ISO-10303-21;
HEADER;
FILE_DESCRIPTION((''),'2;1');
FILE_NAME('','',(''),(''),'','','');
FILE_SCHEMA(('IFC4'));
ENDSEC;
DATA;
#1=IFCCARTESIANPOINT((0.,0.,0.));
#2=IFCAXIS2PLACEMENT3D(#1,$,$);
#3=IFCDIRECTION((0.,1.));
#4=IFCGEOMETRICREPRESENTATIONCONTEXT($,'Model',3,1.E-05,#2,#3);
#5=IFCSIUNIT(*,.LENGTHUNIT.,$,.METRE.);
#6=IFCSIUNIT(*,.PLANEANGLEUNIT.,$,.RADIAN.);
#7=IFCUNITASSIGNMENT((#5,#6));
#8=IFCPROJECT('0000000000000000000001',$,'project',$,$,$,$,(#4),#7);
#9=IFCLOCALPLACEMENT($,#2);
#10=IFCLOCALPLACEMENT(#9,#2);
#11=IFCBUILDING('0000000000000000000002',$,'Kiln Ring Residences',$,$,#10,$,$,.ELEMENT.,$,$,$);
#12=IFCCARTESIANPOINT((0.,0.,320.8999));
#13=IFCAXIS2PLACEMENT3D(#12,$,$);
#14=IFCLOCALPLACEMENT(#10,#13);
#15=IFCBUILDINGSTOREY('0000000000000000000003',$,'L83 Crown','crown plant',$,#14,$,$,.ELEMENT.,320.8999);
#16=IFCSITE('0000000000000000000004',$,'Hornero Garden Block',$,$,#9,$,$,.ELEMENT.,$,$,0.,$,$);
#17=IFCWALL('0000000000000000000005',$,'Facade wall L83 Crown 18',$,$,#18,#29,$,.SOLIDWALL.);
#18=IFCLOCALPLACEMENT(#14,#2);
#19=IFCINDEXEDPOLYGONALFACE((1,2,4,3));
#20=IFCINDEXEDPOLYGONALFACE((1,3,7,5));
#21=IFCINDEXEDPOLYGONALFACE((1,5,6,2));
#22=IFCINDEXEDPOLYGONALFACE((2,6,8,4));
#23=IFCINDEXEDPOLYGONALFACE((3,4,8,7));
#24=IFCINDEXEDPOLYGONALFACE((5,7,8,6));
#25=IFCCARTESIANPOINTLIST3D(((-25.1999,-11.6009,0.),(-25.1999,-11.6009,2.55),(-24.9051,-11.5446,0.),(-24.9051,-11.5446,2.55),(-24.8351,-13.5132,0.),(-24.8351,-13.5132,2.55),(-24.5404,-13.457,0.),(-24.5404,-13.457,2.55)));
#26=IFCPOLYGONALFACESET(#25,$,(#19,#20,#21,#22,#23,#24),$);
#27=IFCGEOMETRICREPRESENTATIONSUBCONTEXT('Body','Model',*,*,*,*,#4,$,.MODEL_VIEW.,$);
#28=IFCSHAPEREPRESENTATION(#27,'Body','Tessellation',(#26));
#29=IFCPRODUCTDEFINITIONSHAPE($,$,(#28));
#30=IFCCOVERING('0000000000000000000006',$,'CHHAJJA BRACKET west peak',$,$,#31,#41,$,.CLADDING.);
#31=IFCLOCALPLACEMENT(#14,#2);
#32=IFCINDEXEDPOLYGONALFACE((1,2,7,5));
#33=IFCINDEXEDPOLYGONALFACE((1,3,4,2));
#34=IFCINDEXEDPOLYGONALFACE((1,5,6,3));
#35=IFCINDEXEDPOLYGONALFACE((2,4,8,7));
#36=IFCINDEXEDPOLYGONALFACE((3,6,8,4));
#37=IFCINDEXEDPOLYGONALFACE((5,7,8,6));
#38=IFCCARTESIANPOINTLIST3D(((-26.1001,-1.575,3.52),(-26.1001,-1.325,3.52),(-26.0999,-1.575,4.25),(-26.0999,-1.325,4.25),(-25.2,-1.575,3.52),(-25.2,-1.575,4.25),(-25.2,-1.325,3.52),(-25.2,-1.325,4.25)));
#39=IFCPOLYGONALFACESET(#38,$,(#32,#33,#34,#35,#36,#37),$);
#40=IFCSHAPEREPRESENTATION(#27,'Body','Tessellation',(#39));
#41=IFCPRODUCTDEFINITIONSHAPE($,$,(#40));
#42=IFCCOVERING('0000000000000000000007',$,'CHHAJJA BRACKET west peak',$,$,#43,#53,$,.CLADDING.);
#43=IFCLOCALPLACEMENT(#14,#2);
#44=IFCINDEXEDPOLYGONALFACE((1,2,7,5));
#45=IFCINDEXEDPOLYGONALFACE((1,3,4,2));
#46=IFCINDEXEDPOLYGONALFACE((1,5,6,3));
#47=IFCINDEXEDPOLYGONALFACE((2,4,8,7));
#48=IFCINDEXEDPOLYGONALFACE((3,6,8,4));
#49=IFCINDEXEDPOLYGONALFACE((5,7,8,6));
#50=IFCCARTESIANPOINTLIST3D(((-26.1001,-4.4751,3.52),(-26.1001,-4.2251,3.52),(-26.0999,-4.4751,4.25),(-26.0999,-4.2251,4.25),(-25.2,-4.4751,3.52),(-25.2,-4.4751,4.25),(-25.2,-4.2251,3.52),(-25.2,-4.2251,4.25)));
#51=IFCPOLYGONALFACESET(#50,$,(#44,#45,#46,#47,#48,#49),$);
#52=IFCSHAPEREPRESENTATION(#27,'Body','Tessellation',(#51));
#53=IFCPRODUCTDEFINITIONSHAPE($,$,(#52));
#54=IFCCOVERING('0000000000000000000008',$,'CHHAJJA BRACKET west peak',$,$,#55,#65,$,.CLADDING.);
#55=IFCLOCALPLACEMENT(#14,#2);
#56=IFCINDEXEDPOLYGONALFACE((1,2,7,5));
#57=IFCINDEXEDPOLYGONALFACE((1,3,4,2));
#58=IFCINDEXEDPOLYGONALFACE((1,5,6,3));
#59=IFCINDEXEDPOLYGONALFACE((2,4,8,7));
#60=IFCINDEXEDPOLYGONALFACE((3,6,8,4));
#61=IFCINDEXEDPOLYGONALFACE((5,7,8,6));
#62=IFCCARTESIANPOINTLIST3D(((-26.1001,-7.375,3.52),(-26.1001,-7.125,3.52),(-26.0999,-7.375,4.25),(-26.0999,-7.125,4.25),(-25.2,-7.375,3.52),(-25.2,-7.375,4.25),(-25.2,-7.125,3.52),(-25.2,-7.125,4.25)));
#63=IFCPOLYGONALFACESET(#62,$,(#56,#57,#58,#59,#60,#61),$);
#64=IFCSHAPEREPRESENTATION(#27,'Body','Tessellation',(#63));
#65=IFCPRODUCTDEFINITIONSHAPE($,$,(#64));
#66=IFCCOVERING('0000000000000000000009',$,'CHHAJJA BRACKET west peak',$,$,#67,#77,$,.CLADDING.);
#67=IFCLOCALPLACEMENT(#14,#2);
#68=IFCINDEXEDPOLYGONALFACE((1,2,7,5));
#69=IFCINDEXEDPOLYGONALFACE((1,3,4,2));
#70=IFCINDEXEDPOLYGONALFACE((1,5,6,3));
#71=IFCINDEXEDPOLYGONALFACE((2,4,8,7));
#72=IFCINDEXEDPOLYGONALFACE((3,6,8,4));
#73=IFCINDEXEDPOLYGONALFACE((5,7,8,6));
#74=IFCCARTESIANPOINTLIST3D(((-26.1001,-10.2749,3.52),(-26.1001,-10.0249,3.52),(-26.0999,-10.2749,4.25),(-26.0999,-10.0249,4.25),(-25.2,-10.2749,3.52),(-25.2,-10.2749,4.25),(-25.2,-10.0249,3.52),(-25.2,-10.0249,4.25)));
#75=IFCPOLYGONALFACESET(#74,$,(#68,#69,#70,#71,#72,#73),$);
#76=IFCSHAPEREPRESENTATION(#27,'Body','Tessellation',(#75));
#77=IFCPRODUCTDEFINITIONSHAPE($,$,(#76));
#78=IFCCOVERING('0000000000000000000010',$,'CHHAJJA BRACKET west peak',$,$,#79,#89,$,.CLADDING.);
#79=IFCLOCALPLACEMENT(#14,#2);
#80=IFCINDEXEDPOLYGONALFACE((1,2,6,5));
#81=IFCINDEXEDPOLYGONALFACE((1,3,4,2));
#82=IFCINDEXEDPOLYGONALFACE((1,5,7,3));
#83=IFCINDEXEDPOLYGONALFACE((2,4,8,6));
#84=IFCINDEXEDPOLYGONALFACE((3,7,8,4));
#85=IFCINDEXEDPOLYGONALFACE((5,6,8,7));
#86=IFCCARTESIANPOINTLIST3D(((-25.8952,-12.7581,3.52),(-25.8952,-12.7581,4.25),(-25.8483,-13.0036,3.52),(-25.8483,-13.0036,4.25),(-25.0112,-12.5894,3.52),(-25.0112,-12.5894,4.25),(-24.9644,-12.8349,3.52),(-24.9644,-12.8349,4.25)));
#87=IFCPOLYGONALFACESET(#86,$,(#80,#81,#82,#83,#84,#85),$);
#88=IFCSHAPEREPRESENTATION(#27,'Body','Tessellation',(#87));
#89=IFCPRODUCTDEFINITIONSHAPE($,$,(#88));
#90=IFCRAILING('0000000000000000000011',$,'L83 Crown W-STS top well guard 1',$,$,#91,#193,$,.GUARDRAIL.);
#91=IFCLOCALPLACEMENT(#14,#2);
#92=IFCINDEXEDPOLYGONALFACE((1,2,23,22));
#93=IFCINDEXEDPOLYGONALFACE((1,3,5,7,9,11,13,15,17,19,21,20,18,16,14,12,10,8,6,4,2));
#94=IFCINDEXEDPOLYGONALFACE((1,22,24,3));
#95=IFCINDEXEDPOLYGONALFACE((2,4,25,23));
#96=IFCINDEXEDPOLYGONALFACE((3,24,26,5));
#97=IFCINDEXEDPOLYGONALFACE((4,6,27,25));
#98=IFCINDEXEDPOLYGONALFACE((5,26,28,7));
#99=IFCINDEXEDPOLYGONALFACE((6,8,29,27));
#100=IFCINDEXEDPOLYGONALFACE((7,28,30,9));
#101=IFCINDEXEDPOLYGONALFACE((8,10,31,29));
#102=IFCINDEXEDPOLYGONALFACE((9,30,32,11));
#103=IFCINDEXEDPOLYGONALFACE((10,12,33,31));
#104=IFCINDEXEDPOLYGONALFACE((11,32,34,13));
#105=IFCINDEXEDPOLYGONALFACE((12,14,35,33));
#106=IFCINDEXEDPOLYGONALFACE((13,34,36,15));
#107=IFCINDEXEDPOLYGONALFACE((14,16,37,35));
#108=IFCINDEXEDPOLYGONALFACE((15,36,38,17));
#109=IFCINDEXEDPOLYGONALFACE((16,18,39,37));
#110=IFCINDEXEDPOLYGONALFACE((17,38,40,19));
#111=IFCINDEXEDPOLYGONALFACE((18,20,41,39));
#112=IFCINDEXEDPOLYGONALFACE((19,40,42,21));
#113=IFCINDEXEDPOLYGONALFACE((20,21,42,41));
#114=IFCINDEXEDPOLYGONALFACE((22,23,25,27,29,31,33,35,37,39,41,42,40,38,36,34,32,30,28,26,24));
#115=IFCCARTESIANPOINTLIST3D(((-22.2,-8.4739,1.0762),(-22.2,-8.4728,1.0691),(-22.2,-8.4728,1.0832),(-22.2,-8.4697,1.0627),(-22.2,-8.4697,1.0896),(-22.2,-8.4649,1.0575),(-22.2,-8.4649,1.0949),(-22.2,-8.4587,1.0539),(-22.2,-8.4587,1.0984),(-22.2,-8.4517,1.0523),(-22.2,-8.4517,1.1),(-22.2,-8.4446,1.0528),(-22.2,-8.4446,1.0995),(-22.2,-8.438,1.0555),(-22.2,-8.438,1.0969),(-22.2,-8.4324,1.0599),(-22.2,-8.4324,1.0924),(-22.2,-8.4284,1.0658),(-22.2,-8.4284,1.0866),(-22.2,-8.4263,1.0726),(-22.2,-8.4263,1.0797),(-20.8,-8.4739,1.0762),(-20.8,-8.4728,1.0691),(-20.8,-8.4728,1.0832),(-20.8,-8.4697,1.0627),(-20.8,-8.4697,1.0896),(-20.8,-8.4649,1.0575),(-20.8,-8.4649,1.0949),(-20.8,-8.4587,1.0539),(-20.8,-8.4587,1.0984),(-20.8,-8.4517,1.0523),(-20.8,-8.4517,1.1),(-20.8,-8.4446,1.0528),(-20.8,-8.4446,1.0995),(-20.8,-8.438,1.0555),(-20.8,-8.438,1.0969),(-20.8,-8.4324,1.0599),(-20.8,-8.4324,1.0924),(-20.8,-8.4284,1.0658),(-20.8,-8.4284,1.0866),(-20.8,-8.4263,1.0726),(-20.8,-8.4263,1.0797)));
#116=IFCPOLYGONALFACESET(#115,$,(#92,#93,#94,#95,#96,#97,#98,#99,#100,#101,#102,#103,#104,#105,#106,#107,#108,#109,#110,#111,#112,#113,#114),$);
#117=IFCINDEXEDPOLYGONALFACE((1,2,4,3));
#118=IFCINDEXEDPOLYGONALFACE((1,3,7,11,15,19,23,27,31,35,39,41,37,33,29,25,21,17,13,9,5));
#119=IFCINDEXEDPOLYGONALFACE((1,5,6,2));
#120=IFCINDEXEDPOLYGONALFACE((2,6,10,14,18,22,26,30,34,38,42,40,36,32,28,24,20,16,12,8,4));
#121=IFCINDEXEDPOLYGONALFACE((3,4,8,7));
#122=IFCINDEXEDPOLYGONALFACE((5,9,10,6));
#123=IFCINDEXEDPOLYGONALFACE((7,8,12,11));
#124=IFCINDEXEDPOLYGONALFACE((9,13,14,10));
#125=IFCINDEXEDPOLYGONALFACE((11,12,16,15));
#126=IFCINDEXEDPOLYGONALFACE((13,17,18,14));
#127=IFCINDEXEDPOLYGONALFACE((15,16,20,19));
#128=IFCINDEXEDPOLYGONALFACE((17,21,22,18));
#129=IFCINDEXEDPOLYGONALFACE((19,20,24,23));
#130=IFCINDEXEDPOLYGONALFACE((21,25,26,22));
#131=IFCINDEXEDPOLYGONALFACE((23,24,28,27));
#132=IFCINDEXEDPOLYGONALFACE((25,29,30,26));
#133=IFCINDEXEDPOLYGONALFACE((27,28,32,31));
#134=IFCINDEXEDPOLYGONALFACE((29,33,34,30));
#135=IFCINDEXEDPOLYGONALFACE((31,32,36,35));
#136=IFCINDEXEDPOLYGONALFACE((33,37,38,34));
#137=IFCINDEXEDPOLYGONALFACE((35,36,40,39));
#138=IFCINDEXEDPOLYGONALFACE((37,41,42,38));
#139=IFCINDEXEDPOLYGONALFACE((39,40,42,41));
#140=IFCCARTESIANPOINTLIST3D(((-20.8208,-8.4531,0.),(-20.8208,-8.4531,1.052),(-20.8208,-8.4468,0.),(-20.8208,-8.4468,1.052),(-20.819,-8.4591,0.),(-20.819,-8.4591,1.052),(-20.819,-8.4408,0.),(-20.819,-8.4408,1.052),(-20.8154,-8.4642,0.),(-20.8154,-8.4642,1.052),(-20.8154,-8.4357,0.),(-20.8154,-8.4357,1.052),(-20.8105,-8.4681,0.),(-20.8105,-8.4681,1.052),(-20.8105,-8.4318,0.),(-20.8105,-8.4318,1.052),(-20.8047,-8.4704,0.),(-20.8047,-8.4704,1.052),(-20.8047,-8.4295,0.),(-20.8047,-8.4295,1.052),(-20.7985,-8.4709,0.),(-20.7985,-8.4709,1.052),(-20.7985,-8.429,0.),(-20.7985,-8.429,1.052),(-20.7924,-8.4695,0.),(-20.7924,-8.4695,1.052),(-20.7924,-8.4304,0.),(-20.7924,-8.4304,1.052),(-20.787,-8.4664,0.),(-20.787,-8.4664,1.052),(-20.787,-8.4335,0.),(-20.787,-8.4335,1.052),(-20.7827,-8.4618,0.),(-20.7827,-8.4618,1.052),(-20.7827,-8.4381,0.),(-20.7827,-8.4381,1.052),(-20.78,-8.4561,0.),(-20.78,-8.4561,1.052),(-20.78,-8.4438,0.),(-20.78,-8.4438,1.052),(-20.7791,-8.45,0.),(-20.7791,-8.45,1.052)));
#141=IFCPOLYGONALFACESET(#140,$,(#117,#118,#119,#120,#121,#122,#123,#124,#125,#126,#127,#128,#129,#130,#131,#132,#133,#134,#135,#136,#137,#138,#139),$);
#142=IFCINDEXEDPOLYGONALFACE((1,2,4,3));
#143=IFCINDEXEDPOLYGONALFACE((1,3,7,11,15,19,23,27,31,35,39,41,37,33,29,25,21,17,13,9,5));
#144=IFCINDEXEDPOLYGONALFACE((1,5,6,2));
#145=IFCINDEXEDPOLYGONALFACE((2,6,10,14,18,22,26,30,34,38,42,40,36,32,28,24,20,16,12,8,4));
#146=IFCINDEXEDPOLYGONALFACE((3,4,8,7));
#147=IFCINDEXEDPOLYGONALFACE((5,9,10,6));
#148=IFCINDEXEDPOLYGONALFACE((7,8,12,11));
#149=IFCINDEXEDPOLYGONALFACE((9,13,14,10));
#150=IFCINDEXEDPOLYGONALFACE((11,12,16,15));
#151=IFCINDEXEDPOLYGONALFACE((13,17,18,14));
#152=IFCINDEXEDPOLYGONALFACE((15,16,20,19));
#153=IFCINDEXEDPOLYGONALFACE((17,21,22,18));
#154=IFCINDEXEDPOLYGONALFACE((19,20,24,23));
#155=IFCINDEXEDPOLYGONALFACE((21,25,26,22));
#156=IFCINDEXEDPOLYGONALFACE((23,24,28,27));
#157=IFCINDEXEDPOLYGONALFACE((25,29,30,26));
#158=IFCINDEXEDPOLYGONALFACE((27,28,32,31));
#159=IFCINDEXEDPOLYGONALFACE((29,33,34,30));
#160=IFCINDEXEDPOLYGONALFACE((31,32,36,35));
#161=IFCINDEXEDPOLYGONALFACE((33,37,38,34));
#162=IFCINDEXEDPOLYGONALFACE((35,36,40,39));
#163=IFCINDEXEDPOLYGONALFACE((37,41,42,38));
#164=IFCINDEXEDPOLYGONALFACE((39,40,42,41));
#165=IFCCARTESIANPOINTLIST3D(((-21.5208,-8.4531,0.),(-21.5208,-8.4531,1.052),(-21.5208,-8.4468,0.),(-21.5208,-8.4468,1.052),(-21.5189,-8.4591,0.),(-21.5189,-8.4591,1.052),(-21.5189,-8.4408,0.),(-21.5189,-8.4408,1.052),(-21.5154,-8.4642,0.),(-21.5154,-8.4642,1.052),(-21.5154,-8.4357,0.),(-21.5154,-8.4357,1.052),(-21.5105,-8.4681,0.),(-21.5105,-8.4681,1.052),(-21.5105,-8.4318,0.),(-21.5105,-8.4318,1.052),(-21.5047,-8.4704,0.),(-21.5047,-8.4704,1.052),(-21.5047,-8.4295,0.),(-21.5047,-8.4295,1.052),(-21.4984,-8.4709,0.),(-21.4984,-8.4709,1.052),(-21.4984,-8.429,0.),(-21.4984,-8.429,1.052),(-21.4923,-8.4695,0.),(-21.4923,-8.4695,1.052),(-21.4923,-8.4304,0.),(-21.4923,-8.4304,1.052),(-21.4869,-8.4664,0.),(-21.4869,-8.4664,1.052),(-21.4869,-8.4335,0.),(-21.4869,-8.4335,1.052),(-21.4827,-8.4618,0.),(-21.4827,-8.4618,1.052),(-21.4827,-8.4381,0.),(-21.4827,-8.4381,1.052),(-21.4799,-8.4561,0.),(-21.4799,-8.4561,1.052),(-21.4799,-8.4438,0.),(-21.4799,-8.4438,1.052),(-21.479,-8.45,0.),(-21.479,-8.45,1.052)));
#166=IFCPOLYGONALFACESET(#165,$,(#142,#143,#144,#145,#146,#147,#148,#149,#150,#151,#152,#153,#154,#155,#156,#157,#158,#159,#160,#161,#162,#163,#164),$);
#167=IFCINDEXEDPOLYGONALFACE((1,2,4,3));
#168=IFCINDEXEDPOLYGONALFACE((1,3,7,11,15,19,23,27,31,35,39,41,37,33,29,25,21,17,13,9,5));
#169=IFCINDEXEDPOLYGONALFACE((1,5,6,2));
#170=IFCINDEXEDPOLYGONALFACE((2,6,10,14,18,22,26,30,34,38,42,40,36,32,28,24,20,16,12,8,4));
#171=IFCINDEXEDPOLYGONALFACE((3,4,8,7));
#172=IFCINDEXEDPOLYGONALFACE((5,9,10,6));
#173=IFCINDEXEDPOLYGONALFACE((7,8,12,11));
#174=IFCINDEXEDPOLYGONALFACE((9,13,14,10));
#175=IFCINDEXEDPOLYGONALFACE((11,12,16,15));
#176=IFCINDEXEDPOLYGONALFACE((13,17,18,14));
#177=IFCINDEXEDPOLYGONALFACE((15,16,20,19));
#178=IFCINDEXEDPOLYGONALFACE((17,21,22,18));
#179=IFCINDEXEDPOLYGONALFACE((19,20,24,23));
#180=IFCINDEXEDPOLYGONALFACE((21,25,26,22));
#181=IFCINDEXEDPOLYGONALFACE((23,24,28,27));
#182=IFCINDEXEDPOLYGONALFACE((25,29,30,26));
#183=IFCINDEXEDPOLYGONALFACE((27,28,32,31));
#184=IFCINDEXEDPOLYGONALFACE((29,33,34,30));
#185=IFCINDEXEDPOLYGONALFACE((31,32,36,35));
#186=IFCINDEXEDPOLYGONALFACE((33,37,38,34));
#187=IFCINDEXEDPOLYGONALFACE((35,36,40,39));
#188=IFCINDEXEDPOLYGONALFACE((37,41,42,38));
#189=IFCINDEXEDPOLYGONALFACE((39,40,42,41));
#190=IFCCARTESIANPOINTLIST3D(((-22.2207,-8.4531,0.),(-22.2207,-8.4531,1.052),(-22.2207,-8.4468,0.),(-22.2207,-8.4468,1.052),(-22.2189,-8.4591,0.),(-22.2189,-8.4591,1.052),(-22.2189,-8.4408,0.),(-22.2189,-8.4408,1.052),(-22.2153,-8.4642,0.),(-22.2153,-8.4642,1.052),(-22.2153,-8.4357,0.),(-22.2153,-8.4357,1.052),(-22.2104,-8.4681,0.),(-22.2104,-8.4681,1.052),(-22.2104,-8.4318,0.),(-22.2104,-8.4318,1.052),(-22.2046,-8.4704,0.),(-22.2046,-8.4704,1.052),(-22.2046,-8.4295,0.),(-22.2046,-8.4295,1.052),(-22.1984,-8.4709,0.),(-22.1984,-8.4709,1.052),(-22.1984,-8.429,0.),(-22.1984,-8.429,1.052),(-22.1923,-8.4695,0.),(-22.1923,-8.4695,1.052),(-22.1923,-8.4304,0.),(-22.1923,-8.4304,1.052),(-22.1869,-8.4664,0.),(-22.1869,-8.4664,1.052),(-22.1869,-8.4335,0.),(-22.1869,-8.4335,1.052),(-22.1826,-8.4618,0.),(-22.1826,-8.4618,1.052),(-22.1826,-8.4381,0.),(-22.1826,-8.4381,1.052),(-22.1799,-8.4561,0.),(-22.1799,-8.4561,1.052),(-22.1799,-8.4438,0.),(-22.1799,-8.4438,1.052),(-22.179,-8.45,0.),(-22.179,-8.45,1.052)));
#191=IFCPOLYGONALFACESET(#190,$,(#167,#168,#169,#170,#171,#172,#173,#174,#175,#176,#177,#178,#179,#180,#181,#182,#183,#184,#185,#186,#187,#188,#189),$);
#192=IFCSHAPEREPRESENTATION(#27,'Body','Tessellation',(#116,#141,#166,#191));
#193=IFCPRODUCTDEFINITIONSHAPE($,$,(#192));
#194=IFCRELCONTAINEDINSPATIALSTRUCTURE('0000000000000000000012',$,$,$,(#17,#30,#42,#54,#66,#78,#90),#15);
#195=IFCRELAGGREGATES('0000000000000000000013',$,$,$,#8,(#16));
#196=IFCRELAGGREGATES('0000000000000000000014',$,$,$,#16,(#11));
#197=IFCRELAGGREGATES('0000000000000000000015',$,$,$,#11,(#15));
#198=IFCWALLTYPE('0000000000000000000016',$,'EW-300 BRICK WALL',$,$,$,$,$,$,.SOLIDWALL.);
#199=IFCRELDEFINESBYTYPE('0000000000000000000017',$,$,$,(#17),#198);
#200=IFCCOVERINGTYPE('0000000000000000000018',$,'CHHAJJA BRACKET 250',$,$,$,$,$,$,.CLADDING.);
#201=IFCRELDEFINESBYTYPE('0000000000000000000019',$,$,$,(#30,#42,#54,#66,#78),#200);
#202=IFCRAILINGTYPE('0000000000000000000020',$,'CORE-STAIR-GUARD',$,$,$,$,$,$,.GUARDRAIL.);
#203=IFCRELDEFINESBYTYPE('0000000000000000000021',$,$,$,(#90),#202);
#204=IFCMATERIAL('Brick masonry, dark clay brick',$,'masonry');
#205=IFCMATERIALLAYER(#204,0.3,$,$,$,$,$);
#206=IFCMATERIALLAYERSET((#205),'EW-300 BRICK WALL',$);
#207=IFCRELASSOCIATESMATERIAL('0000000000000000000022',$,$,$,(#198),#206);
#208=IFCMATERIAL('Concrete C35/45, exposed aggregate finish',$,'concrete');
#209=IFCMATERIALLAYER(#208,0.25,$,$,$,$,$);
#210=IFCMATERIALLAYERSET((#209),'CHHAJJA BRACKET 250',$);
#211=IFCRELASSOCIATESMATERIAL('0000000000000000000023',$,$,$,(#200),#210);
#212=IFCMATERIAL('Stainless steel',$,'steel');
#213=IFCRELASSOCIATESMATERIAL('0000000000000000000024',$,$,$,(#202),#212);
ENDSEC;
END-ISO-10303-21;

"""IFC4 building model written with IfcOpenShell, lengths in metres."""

from ifc_helpers import new_model, si_unit, direction, frame, frame_2d, origin, origin_2d, place, context, subcontext, project, spatial, polyline, rectangle, circle, outline, extrude, material, layer, layer_set, type_object, element, save


model = new_model("IFC4")

# Units and contexts
model_context = context("Model", 3, precision=1e-05, world=origin(), true_north=direction((0.0, 1.0)))
body_context = subcontext(model_context, "Body", "Model", "MODEL_VIEW")
ifc_project = project(units=[si_unit("LENGTHUNIT", "METRE"), si_unit("PLANEANGLEUNIT", "RADIAN")], contexts=[model_context])

# Site, building, storey
site_placement = place(None, origin())
site = spatial("IfcSite", under=ifc_project, at=site_placement, Name="Hornero Garden Block", CompositionType="ELEMENT", RefElevation=0.0)
building_placement = place(site_placement, origin())
building = spatial("IfcBuilding", under=site, at=building_placement, Name="Kiln Ring Residences", CompositionType="ELEMENT")
storey_placement = place(building_placement, frame((0.0, 0.0, 320.8999)))
storey = spatial("IfcBuildingStorey", under=building, at=storey_placement, Name="L83 Crown", Description="crown plant", CompositionType="ELEMENT", Elevation=320.8999)

# Wall
ifc_material_1 = material(Name="Brick masonry, dark clay brick", Category="masonry")
ifc_layer_1 = layer(ifc_material_1, 0.3)
ifc_layer_set_1 = layer_set([ifc_layer_1], Name="EW-300 BRICK WALL")
wall_type_1 = type_object("IfcWallType", Name="EW-300 BRICK WALL", PredefinedType="SOLIDWALL", material=ifc_layer_set_1)
wall_1_placement = place(storey_placement, frame((-25.0525, -11.5728, 0.0), z_axis=(0.0, 0.0, 1.0), x_axis=(0.187354, -0.982292, 0.0)))
element("IfcWall", 1, at=wall_1_placement, inside=storey, type_object=wall_type_1, Name="Facade wall L83 Crown 18", PredefinedType="SOLIDWALL", context=body_context, shape_type="SweptSolid", body=[
    extrude(rectangle(XDim=1.9468, YDim=0.3, at=frame_2d((0.9734, 0.0))), origin(), (0.0, 0.0, 1.0), 2.55),
])

# Coverings
ifc_material_2 = material(Name="Concrete C35/45, exposed aggregate finish", Category="concrete")
ifc_layer_2 = layer(ifc_material_2, 0.25)
ifc_layer_set_2 = layer_set([ifc_layer_2], Name="CHHAJJA BRACKET 250")
covering_type = type_object("IfcCoveringType", Name="CHHAJJA BRACKET 250", PredefinedType="CLADDING", material=ifc_layer_set_2)
for number, where, z_axis, x_axis, name in (
    (2, (-25.2, -1.45, 3.52), (0.0, 0.0, 1.0), (-1.0, 0.0, 0.0), "CHHAJJA BRACKET west peak"),
    (3, (-25.2, -4.3501, 3.52), (0.0, 0.0, 1.0), (-1.0, 0.0, 0.0), "CHHAJJA BRACKET west peak"),
    (4, (-25.2, -7.25, 3.52), (0.0, 0.0, 1.0), (-1.0, 0.0, 0.0), "CHHAJJA BRACKET west peak"),
    (5, (-25.2, -10.1499, 3.52), (0.0, 0.0, 1.0), (-1.0, 0.0, 0.0), "CHHAJJA BRACKET west peak"),
):
    element("IfcCovering", number, at=place(storey_placement, frame(where, z_axis=z_axis, x_axis=x_axis)), inside=storey, type_object=covering_type, Name=name, PredefinedType="CLADDING", context=body_context, shape_type="SweptSolid", body=[
        extrude(outline(polyline([(0.0, 0.0), (0.9001, 0.0), (0.8999, 0.73), (0.0, 0.73), (0.0, 0.0), (0.0, 0.0)])), frame((0.0, 0.125, 0.0), z_axis=(0.0, -1.0, 0.0), x_axis=(1.0, 0.0, 0.0)), (0.0, 0.0, 1.0), 0.25),
    ])
covering_placement = place(storey_placement, frame((-24.9878, -12.7122, 3.52), z_axis=(0.0, 0.0, 1.0), x_axis=(-0.982274, -0.187449, 0.0)))
element("IfcCovering", 6, at=covering_placement, inside=storey, type_object=covering_type, Name="CHHAJJA BRACKET west peak", PredefinedType="CLADDING", context=body_context, shape_type="SweptSolid", body=[
    extrude(outline(polyline([(0.0, 0.0), (0.8999, 0.0), (0.8999, 0.73), (0.0, 0.73), (0.0, 0.0), (0.0, 0.0)])), frame((0.0, 0.125, 0.0), z_axis=(0.0, -1.0, 0.0), x_axis=(1.0, 0.0, 0.0)), (0.0, 0.0, 1.0), 0.25),
])

# Railing
ifc_material_3 = material(Name="Stainless steel", Category="steel")
railing_type = type_object("IfcRailingType", Name="CORE-STAIR-GUARD", PredefinedType="GUARDRAIL", material=ifc_material_3)
railing_placement = place(storey_placement, frame((-20.8, -8.45, 0.0)))
element("IfcRailing", 7, at=railing_placement, inside=storey, type_object=railing_type, Name="L83 Crown W-STS top well guard 1", PredefinedType="GUARDRAIL", context=body_context, shape_type="SweptSolid", body=[
    extrude(circle(Radius=0.0239, at=origin_2d()), frame((0.0, 0.0, 1.0762), z_axis=(-1.0, 0.0, 0.0), x_axis=(0.0, -1.0, 0.0)), (0.0, 0.0, 1.0), 1.3999),
    extrude(circle(Radius=0.021, at=origin_2d()), origin(), (0.0, 0.0, 1.0), 1.052),
    extrude(circle(Radius=0.021, at=origin_2d()), frame((-0.7, 0.0, 0.0)), (0.0, 0.0, 1.0), 1.052),
    extrude(circle(Radius=0.021, at=origin_2d()), frame((-1.3999, 0.0, 0.0)), (0.0, 0.0, 1.0), 1.052),
])

save(model, "model.ifc")
